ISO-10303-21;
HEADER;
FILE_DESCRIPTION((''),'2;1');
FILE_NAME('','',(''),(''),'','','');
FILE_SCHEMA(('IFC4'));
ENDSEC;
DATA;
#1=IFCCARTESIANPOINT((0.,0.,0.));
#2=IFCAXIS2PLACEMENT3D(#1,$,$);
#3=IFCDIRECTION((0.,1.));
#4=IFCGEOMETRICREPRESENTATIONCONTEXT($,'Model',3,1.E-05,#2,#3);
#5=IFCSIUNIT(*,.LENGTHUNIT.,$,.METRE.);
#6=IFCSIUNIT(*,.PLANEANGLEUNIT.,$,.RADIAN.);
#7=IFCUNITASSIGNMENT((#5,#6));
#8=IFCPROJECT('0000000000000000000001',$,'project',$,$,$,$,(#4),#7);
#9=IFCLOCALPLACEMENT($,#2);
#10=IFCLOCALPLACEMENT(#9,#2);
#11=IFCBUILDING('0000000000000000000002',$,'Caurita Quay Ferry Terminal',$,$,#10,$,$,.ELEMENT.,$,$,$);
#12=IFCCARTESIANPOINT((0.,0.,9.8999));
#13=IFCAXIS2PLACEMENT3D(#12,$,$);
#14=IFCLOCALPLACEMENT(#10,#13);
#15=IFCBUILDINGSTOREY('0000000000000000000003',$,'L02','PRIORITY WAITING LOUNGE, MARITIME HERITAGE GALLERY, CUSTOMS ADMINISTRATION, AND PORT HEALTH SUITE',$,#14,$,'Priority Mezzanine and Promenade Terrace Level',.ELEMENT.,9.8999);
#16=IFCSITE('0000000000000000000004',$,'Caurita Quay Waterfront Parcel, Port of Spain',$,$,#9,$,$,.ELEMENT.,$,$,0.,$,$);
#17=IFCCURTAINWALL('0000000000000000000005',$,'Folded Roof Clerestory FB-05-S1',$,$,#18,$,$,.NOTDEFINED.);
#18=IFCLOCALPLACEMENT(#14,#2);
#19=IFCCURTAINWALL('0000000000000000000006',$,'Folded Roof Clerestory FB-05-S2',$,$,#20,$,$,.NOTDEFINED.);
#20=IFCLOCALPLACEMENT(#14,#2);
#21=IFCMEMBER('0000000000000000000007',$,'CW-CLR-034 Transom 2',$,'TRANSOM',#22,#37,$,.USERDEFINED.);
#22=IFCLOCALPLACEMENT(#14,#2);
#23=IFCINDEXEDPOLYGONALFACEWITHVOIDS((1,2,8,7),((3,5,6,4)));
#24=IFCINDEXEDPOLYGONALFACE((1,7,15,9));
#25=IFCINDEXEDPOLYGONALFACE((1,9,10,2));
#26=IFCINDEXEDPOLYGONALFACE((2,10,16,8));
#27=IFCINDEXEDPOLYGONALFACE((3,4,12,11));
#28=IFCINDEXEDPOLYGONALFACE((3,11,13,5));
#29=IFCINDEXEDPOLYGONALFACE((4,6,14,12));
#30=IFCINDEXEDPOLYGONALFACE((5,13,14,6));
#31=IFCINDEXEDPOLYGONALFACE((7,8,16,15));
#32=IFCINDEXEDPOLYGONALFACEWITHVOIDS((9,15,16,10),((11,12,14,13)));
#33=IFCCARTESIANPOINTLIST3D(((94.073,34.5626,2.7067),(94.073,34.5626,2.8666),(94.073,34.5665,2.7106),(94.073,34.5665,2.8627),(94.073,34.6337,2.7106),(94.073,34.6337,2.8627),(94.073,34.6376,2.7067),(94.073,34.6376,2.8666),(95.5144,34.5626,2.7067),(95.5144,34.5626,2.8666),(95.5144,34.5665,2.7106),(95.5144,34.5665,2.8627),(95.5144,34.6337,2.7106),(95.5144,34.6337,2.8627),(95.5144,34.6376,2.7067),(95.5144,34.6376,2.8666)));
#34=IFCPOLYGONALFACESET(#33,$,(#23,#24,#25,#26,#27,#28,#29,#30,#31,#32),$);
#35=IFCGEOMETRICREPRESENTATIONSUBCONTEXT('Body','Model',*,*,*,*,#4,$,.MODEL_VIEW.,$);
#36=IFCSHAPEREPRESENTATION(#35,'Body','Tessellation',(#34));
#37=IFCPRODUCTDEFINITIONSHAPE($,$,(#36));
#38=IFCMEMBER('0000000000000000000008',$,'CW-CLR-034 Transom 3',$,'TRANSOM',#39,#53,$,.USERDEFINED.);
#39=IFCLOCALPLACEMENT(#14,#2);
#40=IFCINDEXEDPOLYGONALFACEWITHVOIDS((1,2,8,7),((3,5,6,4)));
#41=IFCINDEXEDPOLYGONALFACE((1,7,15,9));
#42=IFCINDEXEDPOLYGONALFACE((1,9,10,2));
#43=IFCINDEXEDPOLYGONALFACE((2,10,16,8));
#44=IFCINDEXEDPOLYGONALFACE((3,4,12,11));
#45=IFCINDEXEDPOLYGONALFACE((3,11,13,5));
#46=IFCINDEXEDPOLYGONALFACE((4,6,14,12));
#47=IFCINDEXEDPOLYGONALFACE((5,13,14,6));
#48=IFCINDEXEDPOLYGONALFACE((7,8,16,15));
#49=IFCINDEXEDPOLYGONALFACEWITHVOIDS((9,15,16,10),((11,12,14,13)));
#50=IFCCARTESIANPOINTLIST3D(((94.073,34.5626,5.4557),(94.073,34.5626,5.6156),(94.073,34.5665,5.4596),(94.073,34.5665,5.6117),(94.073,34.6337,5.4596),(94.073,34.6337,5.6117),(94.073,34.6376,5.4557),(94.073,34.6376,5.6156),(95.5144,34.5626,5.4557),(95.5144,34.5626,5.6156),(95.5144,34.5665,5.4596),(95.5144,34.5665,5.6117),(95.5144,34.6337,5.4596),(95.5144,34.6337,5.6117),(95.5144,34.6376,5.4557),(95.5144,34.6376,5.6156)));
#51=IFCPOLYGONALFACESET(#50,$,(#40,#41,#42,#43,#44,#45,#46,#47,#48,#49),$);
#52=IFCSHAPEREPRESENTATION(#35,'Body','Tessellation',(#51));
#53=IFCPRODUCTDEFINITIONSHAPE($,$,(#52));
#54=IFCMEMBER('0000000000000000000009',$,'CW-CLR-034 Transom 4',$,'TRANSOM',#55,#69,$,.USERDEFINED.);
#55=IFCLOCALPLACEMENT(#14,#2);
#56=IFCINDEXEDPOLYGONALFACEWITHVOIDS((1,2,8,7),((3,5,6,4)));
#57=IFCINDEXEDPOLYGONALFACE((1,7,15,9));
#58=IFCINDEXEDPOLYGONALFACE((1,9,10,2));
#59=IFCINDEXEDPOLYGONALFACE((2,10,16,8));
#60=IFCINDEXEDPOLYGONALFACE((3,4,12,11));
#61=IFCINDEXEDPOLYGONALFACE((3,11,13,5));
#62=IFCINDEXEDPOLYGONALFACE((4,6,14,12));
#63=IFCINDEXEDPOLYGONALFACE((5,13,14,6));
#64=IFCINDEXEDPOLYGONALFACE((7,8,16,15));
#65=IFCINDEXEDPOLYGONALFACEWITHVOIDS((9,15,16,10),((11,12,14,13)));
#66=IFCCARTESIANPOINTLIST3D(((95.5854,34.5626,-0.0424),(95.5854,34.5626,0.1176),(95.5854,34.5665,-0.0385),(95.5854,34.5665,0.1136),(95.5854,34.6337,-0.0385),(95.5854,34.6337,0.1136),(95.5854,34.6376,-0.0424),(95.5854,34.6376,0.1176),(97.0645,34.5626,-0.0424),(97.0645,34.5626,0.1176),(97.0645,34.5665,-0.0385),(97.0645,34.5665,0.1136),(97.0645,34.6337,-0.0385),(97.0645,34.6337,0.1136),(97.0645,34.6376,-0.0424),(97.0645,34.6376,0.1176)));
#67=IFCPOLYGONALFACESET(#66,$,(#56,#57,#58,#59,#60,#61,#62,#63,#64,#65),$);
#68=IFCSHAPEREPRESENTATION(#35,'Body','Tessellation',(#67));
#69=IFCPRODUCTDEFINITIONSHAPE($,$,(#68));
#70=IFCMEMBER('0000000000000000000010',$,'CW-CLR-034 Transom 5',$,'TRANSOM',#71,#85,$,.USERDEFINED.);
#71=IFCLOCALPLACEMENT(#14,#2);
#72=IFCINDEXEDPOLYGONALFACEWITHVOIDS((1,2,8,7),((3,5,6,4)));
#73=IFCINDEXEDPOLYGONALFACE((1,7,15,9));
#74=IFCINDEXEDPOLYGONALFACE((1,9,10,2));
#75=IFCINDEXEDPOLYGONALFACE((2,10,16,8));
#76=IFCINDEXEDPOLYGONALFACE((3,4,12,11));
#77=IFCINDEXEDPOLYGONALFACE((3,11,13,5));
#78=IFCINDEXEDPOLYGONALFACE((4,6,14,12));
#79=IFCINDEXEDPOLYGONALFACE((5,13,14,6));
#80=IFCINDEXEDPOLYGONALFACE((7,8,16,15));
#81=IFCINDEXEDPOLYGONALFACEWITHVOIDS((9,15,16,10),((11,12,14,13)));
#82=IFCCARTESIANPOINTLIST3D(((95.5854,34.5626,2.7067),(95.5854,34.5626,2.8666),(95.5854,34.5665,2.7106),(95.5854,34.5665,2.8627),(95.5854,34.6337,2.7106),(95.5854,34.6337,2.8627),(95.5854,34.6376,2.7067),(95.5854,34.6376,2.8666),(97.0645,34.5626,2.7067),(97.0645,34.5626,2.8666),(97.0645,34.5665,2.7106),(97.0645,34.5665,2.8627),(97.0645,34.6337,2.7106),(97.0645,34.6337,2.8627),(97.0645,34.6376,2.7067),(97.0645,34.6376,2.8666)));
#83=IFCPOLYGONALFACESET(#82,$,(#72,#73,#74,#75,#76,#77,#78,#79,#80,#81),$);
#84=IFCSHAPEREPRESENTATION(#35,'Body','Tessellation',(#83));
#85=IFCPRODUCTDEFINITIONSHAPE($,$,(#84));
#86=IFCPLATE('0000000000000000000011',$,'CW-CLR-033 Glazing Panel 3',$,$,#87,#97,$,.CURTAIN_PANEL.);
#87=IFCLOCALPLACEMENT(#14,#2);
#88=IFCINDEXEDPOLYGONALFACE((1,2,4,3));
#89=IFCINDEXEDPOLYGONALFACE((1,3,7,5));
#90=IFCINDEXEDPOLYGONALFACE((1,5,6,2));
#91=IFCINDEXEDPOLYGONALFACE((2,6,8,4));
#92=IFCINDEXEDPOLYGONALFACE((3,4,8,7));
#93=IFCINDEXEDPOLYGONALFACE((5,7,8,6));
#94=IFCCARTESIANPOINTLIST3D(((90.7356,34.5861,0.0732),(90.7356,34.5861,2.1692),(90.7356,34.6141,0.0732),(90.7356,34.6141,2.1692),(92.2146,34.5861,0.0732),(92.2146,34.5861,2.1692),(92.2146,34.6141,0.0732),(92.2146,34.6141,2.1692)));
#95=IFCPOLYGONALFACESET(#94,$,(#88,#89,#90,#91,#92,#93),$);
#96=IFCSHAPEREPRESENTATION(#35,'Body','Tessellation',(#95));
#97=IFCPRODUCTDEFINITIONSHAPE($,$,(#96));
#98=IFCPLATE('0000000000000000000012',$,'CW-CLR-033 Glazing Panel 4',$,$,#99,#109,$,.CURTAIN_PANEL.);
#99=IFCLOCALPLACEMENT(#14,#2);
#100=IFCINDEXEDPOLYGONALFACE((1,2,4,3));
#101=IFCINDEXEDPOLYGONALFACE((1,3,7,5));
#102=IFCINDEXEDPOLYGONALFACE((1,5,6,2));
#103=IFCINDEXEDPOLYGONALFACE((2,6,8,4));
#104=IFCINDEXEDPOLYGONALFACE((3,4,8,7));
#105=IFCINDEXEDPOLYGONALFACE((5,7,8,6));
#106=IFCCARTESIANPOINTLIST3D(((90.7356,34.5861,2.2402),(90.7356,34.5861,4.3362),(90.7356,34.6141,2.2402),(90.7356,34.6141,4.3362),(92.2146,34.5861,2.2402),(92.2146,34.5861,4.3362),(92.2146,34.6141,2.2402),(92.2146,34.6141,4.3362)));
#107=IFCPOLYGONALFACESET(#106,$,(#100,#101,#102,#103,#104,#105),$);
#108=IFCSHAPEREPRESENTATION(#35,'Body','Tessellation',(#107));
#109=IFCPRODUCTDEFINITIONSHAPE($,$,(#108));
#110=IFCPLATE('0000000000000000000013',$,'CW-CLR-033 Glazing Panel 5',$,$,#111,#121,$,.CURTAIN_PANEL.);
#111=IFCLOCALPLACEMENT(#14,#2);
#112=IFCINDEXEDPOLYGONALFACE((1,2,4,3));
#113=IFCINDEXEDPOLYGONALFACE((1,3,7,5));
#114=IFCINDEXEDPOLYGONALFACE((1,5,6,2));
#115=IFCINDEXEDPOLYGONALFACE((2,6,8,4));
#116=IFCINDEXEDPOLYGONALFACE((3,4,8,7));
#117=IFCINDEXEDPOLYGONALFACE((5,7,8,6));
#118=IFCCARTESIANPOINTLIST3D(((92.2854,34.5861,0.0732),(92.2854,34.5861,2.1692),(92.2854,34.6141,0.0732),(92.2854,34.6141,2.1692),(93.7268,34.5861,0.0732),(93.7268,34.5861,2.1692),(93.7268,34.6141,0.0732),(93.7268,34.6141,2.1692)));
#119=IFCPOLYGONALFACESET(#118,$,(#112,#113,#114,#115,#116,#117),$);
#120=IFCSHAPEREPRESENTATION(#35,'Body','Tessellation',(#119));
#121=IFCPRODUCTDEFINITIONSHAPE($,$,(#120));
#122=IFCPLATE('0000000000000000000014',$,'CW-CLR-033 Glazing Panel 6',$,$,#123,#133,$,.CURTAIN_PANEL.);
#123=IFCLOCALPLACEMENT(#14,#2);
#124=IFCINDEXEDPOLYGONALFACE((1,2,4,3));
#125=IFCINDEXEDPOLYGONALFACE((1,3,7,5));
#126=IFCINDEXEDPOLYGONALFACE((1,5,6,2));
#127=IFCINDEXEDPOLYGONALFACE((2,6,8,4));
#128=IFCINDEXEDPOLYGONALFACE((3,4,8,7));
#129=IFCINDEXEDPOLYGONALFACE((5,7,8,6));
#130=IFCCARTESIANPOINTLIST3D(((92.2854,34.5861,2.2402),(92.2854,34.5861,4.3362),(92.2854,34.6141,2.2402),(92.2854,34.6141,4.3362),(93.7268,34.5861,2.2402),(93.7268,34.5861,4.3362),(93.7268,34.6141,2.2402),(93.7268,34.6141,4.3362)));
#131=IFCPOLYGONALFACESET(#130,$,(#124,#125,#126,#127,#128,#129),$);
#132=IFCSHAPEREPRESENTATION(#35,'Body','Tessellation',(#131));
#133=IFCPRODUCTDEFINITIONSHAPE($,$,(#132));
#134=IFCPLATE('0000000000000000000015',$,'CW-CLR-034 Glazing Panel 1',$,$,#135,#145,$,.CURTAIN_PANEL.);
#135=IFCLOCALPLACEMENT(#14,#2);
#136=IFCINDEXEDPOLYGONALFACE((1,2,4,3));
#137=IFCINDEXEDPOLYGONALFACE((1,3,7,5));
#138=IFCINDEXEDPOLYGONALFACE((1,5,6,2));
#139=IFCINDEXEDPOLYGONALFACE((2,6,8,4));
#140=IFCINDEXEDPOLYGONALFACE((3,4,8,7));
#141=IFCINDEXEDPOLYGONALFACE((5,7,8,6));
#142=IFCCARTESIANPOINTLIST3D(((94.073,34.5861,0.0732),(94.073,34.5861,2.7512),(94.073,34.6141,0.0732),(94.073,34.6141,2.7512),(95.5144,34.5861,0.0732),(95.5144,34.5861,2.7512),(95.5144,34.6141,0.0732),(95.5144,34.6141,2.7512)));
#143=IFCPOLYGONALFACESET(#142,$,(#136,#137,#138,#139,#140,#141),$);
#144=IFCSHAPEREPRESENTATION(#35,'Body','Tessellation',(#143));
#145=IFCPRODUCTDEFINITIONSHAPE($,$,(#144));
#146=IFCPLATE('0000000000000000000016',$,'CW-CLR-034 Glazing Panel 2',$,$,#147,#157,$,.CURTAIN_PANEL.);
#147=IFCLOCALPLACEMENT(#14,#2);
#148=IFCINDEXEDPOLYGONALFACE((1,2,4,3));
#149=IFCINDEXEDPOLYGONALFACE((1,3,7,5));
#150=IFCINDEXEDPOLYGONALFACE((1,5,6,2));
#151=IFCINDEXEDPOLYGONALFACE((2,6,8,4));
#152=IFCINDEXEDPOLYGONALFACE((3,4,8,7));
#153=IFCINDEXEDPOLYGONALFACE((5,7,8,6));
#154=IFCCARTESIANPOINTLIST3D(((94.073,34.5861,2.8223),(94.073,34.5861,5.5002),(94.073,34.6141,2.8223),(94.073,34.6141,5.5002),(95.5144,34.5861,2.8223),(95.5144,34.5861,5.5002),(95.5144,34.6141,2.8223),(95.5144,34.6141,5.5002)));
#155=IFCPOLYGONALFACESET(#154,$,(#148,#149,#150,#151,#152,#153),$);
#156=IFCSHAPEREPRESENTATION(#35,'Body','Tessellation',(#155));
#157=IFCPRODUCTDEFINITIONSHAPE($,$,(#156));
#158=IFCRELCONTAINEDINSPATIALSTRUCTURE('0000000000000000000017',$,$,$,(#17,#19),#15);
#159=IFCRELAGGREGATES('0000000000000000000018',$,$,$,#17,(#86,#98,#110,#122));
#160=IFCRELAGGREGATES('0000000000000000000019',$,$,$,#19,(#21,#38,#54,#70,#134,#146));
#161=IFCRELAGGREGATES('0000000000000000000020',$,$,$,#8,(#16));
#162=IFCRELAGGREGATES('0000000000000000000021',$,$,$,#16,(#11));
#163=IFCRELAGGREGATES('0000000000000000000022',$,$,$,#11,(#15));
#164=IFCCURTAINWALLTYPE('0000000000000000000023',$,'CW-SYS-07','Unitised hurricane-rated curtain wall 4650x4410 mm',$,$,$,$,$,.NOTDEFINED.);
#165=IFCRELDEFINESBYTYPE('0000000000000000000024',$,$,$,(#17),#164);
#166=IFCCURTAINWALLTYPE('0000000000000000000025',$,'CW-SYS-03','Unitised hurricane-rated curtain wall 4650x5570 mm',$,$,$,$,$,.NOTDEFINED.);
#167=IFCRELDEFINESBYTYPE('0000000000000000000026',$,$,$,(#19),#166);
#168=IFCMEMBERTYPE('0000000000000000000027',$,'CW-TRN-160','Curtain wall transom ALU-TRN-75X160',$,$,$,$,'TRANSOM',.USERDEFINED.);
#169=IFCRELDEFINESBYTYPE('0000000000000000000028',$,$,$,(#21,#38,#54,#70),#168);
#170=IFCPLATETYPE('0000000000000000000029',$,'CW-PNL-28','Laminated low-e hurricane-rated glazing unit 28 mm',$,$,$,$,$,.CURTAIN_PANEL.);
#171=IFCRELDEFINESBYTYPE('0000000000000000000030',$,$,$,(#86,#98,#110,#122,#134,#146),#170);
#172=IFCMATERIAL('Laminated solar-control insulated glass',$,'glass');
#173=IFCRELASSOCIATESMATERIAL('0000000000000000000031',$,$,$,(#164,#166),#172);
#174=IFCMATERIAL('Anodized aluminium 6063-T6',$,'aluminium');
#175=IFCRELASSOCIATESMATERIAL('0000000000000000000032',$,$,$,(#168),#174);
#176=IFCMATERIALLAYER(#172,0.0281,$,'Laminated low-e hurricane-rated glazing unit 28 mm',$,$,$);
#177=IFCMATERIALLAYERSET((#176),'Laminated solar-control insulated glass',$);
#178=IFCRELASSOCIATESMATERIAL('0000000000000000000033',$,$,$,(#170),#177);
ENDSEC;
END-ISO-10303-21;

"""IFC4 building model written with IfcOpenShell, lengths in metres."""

from ifc_helpers import new_model, si_unit, direction, frame, origin, origin_2d, place, context, subcontext, project, spatial, rectangle, hollow_rectangle, extrude, material, layer, layer_set, material_profile, profile_set, type_object, element, aggregate, save


model = new_model("IFC4")

# Units and contexts
model_context = context("Model", 3, precision=1e-05, world=origin(), true_north=direction((0.0, 1.0)))
body_context = subcontext(model_context, "Body", "Model", "MODEL_VIEW")
ifc_project = project(units=[si_unit("LENGTHUNIT", "METRE"), si_unit("PLANEANGLEUNIT", "RADIAN")], contexts=[model_context])

# Site, building, storey
site_placement = place(None, origin())
site = spatial("IfcSite", under=ifc_project, at=site_placement, Name="Caurita Quay Waterfront Parcel, Port of Spain", CompositionType="ELEMENT", RefElevation=0.0)
building_placement = place(site_placement, origin())
building = spatial("IfcBuilding", under=site, at=building_placement, Name="Caurita Quay Ferry Terminal", CompositionType="ELEMENT")
storey_placement = place(building_placement, frame((0.0, 0.0, 9.8999)))
storey = spatial("IfcBuildingStorey", under=building, at=storey_placement, Name="L02", Description="PRIORITY WAITING LOUNGE, MARITIME HERITAGE GALLERY, CUSTOMS ADMINISTRATION, AND PORT HEALTH SUITE", LongName="Priority Mezzanine and Promenade Terrace Level", CompositionType="ELEMENT", Elevation=9.8999)

# Curtain walls
ifc_material_1 = material(Name="Laminated solar-control insulated glass", Category="glass")
curtain_wall_type_1 = type_object("IfcCurtainWallType", Name="CW-SYS-07", Description="Unitised hurricane-rated curtain wall 4650x4410 mm", PredefinedType="NOTDEFINED", material=ifc_material_1)
curtain_wall_1_placement = place(storey_placement, origin())
curtain_wall_1 = element("IfcCurtainWall", 1, at=curtain_wall_1_placement, inside=storey, type_object=curtain_wall_type_1, Name="Folded Roof Clerestory FB-05-S1", PredefinedType="NOTDEFINED")
ifc_material_2 = material(Name="Anodized aluminium 6063-T6", Category="aluminium")
curtain_wall_type_2 = type_object("IfcCurtainWallType", Name="CW-SYS-03", Description="Unitised hurricane-rated curtain wall 4650x5570 mm", PredefinedType="NOTDEFINED", material=ifc_material_1)
curtain_wall_2_placement = place(storey_placement, origin())
curtain_wall_2 = element("IfcCurtainWall", 2, at=curtain_wall_2_placement, inside=storey, type_object=curtain_wall_type_2, Name="Folded Roof Clerestory FB-05-S2", PredefinedType="NOTDEFINED")

# Members
ifc_material_profile_1 = material_profile(ifc_material_2, hollow_rectangle(XDim=0.075, YDim=0.1599, WallThickness=0.0039, at=origin_2d()), Name="ALU-TRN-75X160")
ifc_profile_set_1 = profile_set([ifc_material_profile_1], Name="Anodized aluminium 6063-T6")
member_type_1 = type_object("IfcMemberType", Name="CW-TRN-160", Description="Curtain wall transom ALU-TRN-75X160", ElementType="TRANSOM", PredefinedType="USERDEFINED", material=ifc_profile_set_1)
member_1_placement = place(storey_placement, frame((94.073, 34.6001, 2.7866), z_axis=(1.0, 0.0, 0.0), x_axis=(0.0, 1.0, 0.0)))
member_1 = element("IfcMember", 3, at=member_1_placement, type_object=member_type_1, Name="CW-CLR-034 Transom 2", ObjectType="TRANSOM", PredefinedType="USERDEFINED", context=body_context, shape_type="SweptSolid", body=[
    extrude(hollow_rectangle(XDim=0.075, YDim=0.1599, WallThickness=0.0039, at=origin_2d()), origin(), (0.0, 0.0, 1.0), 1.4414),
])
member_2_placement = place(storey_placement, frame((94.073, 34.6001, 5.5356), z_axis=(1.0, 0.0, 0.0), x_axis=(0.0, 1.0, 0.0)))
member_2 = element("IfcMember", 4, at=member_2_placement, type_object=member_type_1, Name="CW-CLR-034 Transom 3", ObjectType="TRANSOM", PredefinedType="USERDEFINED", context=body_context, shape_type="SweptSolid", body=[
    extrude(hollow_rectangle(XDim=0.075, YDim=0.1599, WallThickness=0.0039, at=origin_2d()), origin(), (0.0, 0.0, 1.0), 1.4414),
])
member_3_placement = place(storey_placement, frame((95.5854, 34.6001, 0.0376), z_axis=(1.0, 0.0, 0.0), x_axis=(0.0, 1.0, 0.0)))
member_3 = element("IfcMember", 5, at=member_3_placement, type_object=member_type_1, Name="CW-CLR-034 Transom 4", ObjectType="TRANSOM", PredefinedType="USERDEFINED", context=body_context, shape_type="SweptSolid", body=[
    extrude(hollow_rectangle(XDim=0.075, YDim=0.1599, WallThickness=0.0039, at=origin_2d()), origin(), (0.0, 0.0, 1.0), 1.479),
])
member_4_placement = place(storey_placement, frame((95.5854, 34.6001, 2.7866), z_axis=(1.0, 0.0, 0.0), x_axis=(0.0, 1.0, 0.0)))
member_4 = element("IfcMember", 6, at=member_4_placement, type_object=member_type_1, Name="CW-CLR-034 Transom 5", ObjectType="TRANSOM", PredefinedType="USERDEFINED", context=body_context, shape_type="SweptSolid", body=[
    extrude(hollow_rectangle(XDim=0.075, YDim=0.1599, WallThickness=0.0039, at=origin_2d()), origin(), (0.0, 0.0, 1.0), 1.479),
])

# Plates
ifc_layer = layer(ifc_material_1, 0.0281, Name="Laminated low-e hurricane-rated glazing unit 28 mm")
ifc_layer_set = layer_set([ifc_layer], Name="Laminated solar-control insulated glass")
plate_type = type_object("IfcPlateType", Name="CW-PNL-28", Description="Laminated low-e hurricane-rated glazing unit 28 mm", PredefinedType="CURTAIN_PANEL", material=ifc_layer_set)
plate_1_placement = place(storey_placement, frame((91.4751, 34.6001, 0.0732), z_axis=(0.0, 0.0, 1.0), x_axis=(1.0, 0.0, 0.0)))
plate_1 = element("IfcPlate", 7, at=plate_1_placement, type_object=plate_type, Name="CW-CLR-033 Glazing Panel 3", PredefinedType="CURTAIN_PANEL", context=body_context, shape_type="SweptSolid", body=[
    extrude(rectangle(XDim=1.479, YDim=0.0281, at=origin_2d()), origin(), (0.0, 0.0, 1.0), 2.0959),
])
plate_2_placement = place(storey_placement, frame((91.4751, 34.6001, 2.2402), z_axis=(0.0, 0.0, 1.0), x_axis=(1.0, 0.0, 0.0)))
plate_2 = element("IfcPlate", 8, at=plate_2_placement, type_object=plate_type, Name="CW-CLR-033 Glazing Panel 4", PredefinedType="CURTAIN_PANEL", context=body_context, shape_type="SweptSolid", body=[
    extrude(rectangle(XDim=1.479, YDim=0.0281, at=origin_2d()), origin(), (0.0, 0.0, 1.0), 2.0959),
])
plate_3_placement = place(storey_placement, frame((93.0061, 34.6001, 0.0732), z_axis=(0.0, 0.0, 1.0), x_axis=(1.0, 0.0, 0.0)))
plate_3 = element("IfcPlate", 9, at=plate_3_placement, type_object=plate_type, Name="CW-CLR-033 Glazing Panel 5", PredefinedType="CURTAIN_PANEL", context=body_context, shape_type="SweptSolid", body=[
    extrude(rectangle(XDim=1.4414, YDim=0.0281, at=origin_2d()), origin(), (0.0, 0.0, 1.0), 2.0959),
])
plate_4_placement = place(storey_placement, frame((93.0061, 34.6001, 2.2402), z_axis=(0.0, 0.0, 1.0), x_axis=(1.0, 0.0, 0.0)))
plate_4 = element("IfcPlate", 10, at=plate_4_placement, type_object=plate_type, Name="CW-CLR-033 Glazing Panel 6", PredefinedType="CURTAIN_PANEL", context=body_context, shape_type="SweptSolid", body=[
    extrude(rectangle(XDim=1.4414, YDim=0.0281, at=origin_2d()), origin(), (0.0, 0.0, 1.0), 2.0959),
])
aggregate(curtain_wall_1, [plate_1, plate_2, plate_3, plate_4])
plate_5_placement = place(storey_placement, frame((94.7937, 34.6001, 0.0732), z_axis=(0.0, 0.0, 1.0), x_axis=(1.0, 0.0, 0.0)))
plate_5 = element("IfcPlate", 11, at=plate_5_placement, type_object=plate_type, Name="CW-CLR-034 Glazing Panel 1", PredefinedType="CURTAIN_PANEL", context=body_context, shape_type="SweptSolid", body=[
    extrude(rectangle(XDim=1.4414, YDim=0.0281, at=origin_2d()), origin(), (0.0, 0.0, 1.0), 2.678),
])
plate_6_placement = place(storey_placement, frame((94.7937, 34.6001, 2.8223), z_axis=(0.0, 0.0, 1.0), x_axis=(1.0, 0.0, 0.0)))
plate_6 = element("IfcPlate", 12, at=plate_6_placement, type_object=plate_type, Name="CW-CLR-034 Glazing Panel 2", PredefinedType="CURTAIN_PANEL", context=body_context, shape_type="SweptSolid", body=[
    extrude(rectangle(XDim=1.4414, YDim=0.0281, at=origin_2d()), origin(), (0.0, 0.0, 1.0), 2.678),
])
aggregate(curtain_wall_2, [member_1, member_2, member_3, member_4, plate_5, plate_6])

save(model, "model.ifc")
